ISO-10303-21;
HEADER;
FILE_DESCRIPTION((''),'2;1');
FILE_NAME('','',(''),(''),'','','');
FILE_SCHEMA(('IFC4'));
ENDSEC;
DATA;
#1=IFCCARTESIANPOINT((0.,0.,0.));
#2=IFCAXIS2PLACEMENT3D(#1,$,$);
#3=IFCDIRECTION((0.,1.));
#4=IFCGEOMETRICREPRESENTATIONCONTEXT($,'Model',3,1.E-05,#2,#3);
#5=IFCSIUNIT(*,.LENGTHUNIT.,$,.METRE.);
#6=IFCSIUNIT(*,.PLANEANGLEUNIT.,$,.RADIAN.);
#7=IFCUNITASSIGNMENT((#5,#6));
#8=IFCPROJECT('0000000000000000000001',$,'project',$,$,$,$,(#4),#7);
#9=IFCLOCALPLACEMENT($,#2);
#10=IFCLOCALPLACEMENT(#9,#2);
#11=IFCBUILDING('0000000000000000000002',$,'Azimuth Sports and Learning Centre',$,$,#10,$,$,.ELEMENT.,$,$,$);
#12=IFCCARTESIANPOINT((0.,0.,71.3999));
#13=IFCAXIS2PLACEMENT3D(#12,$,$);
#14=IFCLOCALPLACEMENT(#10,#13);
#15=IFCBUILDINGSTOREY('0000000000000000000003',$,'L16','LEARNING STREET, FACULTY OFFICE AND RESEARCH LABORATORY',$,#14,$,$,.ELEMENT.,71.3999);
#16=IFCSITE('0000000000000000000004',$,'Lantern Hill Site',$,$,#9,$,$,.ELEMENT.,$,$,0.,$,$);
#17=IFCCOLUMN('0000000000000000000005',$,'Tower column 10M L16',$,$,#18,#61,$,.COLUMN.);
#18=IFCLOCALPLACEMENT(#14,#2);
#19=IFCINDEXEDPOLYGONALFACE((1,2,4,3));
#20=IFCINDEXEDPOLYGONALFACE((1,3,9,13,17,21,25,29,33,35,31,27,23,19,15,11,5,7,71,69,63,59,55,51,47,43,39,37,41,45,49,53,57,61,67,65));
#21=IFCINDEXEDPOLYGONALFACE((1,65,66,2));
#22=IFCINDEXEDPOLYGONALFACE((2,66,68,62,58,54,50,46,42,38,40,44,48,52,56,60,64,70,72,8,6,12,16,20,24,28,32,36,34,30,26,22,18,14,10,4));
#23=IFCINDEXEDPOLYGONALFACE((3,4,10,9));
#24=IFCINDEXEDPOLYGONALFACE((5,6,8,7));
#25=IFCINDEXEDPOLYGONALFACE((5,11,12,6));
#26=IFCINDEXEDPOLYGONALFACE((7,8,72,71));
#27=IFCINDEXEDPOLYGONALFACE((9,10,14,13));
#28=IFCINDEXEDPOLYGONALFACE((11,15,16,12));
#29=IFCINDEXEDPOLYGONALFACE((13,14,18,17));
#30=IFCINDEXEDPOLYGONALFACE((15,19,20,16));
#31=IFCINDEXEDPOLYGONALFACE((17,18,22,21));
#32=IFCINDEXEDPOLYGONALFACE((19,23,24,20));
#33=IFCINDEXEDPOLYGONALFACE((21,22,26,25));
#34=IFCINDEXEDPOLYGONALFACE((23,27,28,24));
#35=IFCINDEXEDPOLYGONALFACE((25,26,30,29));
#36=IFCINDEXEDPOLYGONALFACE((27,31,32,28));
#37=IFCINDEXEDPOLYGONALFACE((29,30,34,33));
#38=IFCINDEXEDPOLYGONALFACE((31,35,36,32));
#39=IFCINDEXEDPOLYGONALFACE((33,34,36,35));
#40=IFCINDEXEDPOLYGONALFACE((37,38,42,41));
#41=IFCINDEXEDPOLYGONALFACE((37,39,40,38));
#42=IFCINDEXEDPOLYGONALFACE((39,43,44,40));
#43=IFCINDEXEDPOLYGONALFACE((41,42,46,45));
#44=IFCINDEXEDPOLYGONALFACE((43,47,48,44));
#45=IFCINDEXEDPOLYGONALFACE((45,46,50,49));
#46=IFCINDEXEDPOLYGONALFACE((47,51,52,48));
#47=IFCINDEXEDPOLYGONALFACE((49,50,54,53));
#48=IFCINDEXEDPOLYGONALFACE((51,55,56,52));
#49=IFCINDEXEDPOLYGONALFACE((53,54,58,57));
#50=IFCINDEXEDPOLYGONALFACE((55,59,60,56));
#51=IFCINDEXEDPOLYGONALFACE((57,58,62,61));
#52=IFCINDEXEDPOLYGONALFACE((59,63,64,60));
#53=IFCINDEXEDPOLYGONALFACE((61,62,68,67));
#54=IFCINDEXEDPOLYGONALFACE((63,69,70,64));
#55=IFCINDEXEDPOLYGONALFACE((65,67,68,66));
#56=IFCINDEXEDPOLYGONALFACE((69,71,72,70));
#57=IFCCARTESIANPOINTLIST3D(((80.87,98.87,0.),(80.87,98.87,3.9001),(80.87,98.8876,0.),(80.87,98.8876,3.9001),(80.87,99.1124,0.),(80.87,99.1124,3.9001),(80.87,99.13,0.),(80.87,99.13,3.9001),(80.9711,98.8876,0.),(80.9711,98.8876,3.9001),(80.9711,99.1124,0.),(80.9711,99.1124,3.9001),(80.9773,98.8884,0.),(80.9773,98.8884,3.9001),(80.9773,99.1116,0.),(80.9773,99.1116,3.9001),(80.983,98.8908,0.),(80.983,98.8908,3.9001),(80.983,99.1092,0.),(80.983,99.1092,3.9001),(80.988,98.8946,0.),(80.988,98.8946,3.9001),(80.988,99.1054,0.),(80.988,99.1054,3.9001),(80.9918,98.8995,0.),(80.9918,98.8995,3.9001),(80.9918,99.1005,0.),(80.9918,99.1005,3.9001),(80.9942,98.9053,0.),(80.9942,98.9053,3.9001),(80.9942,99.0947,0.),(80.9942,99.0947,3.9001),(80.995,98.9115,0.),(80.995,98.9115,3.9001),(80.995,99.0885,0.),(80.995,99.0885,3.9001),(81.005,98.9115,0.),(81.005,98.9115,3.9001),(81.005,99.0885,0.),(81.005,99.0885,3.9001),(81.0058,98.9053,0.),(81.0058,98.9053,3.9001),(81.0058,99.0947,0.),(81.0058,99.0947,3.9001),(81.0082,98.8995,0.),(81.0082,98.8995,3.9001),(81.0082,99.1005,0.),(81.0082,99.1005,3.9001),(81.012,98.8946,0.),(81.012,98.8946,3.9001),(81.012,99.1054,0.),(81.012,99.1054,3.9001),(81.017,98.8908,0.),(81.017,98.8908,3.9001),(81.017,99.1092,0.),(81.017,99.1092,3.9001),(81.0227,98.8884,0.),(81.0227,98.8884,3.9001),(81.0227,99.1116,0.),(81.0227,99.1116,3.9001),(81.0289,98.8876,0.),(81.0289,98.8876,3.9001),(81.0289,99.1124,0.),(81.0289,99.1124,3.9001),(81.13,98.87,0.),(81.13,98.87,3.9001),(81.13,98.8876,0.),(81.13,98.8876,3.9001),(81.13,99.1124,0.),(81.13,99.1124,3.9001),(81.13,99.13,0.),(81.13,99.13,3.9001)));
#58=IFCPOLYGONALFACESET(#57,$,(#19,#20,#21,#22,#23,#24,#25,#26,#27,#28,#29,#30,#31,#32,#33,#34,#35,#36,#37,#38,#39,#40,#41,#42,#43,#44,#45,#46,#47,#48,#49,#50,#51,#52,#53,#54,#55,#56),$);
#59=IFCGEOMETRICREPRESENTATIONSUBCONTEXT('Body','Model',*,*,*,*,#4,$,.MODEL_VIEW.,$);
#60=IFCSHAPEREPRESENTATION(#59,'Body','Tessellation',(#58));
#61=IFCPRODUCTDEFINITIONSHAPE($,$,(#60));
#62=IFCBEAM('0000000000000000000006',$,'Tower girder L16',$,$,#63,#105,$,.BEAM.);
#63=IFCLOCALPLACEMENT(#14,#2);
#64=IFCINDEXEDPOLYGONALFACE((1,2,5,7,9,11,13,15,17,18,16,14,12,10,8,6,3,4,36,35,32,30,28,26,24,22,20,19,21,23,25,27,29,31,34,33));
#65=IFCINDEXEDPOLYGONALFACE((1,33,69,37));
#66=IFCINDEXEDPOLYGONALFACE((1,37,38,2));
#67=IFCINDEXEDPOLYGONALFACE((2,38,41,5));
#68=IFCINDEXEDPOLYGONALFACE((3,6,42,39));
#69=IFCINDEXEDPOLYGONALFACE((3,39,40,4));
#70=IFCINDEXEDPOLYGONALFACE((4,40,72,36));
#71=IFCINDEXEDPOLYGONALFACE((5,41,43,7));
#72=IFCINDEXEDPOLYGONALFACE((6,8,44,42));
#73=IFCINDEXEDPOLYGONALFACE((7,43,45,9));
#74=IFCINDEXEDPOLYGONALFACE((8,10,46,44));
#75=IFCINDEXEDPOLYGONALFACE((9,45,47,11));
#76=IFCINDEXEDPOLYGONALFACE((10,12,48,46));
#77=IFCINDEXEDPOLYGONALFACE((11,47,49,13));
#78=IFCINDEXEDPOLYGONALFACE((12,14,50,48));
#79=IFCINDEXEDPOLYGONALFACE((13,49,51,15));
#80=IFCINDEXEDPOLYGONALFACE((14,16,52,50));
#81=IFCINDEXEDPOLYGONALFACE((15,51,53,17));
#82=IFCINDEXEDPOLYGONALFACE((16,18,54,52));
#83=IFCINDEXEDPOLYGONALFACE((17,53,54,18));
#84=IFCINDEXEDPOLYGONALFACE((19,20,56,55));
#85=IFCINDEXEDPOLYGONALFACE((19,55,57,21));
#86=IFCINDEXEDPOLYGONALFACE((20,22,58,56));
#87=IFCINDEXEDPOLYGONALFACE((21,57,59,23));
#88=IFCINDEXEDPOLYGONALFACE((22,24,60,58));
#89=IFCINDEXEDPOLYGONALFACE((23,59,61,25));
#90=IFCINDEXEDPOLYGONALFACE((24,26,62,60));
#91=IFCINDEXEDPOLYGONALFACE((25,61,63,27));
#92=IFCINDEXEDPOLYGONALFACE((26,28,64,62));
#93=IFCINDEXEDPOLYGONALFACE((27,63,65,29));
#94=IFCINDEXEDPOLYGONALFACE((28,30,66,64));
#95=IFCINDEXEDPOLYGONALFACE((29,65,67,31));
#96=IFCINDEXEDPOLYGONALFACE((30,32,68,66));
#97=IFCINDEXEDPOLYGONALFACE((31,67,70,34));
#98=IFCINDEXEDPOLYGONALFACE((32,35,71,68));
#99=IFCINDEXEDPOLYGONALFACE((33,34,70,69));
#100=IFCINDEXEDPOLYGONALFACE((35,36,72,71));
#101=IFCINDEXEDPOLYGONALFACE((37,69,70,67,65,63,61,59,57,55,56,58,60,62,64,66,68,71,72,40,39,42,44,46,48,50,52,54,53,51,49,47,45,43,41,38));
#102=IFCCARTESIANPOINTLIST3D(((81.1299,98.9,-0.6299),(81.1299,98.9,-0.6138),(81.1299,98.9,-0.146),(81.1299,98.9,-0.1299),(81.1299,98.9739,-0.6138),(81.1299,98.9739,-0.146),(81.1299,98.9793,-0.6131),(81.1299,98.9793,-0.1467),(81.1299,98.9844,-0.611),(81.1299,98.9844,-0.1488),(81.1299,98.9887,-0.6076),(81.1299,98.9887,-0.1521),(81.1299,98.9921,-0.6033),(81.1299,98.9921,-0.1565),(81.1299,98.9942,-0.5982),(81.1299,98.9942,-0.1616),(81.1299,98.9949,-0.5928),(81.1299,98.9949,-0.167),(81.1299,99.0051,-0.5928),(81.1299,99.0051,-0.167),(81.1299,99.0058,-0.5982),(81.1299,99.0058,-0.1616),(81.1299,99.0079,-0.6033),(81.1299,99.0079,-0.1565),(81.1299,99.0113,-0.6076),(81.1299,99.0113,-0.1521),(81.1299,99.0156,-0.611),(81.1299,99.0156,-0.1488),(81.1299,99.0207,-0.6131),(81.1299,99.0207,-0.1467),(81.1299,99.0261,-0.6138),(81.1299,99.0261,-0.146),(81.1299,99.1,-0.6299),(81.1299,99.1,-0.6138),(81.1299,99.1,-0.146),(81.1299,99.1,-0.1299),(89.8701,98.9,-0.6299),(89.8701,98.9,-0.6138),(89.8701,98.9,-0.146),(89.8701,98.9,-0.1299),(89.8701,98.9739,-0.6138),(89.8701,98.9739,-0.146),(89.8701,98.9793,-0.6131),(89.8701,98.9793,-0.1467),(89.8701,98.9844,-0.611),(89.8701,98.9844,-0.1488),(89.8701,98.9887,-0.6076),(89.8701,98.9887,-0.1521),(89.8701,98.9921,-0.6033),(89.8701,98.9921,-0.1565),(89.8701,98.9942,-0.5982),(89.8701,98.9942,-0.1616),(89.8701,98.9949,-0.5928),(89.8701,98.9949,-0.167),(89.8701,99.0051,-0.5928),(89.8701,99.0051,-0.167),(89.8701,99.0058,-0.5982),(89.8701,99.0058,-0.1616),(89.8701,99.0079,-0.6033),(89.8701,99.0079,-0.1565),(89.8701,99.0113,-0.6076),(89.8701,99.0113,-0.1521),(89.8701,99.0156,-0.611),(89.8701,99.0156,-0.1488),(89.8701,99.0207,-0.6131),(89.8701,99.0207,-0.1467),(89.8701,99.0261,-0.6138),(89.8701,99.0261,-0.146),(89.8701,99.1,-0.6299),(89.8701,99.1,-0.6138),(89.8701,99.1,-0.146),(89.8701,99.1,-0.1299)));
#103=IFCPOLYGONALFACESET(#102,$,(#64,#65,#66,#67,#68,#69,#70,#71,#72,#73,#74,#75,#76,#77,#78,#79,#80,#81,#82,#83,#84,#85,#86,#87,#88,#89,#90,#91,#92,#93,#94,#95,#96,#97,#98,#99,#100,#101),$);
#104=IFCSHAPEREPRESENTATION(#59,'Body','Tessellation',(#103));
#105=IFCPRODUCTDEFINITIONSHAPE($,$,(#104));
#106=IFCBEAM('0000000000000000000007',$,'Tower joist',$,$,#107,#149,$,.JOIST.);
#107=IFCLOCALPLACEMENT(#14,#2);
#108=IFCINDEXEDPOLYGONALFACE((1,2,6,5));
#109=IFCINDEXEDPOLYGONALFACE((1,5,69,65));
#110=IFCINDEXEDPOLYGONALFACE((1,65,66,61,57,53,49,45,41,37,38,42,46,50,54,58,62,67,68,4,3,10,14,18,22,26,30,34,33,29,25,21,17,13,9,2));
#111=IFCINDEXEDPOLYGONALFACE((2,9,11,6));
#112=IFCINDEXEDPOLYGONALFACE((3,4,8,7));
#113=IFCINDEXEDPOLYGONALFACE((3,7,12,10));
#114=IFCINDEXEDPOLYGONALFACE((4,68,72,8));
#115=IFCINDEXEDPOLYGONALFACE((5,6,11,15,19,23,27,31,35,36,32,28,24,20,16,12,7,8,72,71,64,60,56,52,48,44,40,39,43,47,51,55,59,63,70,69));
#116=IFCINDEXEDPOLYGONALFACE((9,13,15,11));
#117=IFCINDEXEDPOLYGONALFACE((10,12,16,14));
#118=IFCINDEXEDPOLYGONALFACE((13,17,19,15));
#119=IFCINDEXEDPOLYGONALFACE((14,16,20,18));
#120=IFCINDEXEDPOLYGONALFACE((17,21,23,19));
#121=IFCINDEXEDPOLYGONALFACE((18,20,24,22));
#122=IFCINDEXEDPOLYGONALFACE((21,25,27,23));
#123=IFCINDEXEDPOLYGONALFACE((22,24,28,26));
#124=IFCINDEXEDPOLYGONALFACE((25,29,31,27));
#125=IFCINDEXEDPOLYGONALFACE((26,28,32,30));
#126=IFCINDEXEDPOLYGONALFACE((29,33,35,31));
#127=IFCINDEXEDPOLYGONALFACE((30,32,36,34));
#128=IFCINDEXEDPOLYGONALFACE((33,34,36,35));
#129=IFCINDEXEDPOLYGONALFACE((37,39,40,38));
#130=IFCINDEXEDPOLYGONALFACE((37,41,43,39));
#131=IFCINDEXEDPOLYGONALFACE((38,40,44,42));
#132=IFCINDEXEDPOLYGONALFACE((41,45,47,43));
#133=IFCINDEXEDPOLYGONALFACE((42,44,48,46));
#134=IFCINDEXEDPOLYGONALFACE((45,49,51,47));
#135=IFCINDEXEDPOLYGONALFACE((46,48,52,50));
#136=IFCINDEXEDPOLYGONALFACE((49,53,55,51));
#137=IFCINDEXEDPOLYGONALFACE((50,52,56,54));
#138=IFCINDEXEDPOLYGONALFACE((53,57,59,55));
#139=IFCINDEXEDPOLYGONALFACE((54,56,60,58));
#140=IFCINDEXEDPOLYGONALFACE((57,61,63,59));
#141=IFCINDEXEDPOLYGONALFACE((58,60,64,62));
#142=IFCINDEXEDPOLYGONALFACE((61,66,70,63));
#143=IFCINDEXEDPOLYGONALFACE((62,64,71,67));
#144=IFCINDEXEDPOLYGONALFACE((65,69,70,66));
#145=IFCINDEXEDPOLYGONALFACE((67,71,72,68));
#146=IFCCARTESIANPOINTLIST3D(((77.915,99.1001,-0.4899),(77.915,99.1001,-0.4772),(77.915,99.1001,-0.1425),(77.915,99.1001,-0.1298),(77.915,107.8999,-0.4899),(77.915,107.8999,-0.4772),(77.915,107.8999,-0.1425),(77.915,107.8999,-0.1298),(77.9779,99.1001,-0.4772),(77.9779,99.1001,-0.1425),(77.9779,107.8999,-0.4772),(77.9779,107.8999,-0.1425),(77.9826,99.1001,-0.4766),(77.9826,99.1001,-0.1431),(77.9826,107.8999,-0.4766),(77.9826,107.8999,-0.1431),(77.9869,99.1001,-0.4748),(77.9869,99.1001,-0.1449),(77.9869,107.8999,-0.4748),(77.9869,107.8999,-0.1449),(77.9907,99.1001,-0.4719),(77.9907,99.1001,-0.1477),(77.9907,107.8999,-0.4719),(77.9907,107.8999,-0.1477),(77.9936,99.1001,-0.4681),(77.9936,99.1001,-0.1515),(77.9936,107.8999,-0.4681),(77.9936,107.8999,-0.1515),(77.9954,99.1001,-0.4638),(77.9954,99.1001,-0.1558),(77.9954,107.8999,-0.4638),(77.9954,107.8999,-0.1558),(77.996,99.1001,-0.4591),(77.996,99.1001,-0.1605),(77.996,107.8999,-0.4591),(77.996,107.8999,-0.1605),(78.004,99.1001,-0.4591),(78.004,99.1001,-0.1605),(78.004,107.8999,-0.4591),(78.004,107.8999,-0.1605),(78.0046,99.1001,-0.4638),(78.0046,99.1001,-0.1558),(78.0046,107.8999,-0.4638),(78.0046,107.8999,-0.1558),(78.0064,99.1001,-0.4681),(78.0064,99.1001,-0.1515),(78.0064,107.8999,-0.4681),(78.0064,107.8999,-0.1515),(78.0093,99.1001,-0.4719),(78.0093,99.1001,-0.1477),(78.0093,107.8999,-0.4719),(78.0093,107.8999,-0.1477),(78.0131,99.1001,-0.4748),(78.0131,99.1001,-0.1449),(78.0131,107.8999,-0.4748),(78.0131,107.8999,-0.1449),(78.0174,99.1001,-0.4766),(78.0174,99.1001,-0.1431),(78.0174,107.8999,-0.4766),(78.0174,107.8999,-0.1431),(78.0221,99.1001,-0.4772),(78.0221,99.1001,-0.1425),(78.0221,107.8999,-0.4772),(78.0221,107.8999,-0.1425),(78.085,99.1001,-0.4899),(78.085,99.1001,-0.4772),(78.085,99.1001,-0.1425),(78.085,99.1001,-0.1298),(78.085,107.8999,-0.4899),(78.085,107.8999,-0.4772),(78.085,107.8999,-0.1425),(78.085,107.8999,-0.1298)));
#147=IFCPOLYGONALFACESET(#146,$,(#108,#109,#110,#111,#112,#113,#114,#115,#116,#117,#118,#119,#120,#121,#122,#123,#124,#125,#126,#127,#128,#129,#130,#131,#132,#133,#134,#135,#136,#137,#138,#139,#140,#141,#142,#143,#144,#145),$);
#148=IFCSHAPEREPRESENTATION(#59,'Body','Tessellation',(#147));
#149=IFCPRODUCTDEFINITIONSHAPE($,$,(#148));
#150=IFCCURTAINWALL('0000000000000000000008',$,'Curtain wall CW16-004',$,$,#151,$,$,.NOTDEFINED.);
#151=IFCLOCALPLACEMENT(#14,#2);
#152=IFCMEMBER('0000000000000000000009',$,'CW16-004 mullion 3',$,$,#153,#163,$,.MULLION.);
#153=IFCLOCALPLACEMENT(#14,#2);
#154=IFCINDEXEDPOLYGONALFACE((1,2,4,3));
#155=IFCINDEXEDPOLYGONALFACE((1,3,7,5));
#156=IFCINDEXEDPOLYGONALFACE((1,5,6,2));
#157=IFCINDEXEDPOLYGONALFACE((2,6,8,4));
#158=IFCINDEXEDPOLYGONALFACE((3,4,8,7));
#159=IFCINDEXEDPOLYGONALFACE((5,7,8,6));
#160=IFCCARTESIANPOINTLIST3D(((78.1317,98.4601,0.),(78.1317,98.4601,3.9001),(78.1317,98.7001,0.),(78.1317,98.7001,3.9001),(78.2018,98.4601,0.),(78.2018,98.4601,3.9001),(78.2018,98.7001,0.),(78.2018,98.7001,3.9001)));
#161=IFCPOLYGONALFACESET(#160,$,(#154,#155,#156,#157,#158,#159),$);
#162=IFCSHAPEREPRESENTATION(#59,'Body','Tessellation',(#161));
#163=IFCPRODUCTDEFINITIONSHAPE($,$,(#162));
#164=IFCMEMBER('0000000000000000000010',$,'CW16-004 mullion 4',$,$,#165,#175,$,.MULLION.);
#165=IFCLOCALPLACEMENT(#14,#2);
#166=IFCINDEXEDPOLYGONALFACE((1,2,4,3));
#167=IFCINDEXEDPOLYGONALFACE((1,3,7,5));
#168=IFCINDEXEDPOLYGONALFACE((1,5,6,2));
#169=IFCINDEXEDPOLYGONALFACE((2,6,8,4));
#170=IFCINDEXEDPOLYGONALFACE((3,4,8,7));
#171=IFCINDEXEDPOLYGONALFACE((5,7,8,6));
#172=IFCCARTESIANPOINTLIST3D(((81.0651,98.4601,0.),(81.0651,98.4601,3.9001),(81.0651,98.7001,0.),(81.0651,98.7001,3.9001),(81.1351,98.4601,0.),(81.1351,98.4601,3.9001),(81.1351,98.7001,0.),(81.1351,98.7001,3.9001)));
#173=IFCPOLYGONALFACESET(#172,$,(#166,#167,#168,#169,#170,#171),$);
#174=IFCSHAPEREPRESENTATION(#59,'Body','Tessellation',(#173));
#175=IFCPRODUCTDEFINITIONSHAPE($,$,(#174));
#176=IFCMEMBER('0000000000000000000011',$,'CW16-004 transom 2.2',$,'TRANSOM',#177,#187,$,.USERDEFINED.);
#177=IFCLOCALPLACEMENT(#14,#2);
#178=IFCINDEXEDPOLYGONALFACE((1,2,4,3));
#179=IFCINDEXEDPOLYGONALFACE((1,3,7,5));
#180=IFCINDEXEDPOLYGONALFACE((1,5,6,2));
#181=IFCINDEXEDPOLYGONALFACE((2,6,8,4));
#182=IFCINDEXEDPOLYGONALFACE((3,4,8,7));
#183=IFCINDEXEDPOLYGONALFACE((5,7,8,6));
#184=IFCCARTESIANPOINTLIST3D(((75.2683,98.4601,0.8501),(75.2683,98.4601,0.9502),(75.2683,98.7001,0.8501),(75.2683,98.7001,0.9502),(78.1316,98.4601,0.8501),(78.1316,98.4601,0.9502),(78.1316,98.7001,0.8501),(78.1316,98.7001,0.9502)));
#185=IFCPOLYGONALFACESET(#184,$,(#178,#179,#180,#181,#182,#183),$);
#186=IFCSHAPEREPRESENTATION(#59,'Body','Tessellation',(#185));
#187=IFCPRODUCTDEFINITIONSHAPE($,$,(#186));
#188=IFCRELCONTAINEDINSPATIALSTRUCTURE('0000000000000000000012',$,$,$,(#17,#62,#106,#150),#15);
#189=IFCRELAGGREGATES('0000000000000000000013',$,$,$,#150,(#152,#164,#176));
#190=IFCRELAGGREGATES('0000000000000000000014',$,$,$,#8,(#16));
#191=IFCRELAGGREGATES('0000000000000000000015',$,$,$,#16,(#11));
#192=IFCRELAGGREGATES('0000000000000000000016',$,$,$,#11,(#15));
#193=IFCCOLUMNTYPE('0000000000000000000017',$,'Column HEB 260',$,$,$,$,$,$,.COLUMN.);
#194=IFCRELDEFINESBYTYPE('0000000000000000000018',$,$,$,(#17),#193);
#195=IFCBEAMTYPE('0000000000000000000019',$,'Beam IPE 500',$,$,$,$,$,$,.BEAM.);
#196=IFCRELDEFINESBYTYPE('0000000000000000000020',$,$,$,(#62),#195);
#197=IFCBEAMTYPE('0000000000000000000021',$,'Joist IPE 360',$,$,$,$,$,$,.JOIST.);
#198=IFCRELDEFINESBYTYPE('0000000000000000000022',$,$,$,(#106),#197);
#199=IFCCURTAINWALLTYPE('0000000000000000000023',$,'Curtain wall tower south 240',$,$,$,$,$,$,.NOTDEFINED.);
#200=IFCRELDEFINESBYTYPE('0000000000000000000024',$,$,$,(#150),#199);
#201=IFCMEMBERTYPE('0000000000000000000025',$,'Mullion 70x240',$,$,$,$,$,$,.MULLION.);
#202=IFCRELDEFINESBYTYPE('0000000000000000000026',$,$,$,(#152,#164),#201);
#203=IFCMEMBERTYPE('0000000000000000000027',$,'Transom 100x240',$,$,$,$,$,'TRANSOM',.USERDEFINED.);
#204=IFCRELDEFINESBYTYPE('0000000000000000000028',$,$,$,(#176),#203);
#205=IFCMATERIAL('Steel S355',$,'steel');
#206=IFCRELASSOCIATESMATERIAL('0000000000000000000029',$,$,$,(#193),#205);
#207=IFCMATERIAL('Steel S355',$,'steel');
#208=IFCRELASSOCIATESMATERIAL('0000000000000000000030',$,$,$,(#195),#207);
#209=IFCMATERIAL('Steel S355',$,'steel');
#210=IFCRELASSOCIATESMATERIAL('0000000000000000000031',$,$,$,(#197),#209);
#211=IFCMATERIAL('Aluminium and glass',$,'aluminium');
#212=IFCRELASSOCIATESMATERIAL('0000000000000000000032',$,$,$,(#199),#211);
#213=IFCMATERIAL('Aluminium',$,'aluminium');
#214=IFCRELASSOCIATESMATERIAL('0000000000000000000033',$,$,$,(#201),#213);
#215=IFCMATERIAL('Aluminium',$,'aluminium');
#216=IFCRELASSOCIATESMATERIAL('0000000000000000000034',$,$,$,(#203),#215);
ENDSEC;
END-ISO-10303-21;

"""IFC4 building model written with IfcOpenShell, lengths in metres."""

from ifc_helpers import new_model, si_unit, direction, frame, origin, origin_2d, place, context, subcontext, project, spatial, rectangle, i_section, extrude, material, material_profile, profile_set, type_object, element, aggregate, save


model = new_model("IFC4")

# Units and contexts
model_context = context("Model", 3, precision=1e-05, world=origin(), true_north=direction((0.0, 1.0)))
body_context = subcontext(model_context, "Body", "Model", "MODEL_VIEW")
ifc_project = project(units=[si_unit("LENGTHUNIT", "METRE"), si_unit("PLANEANGLEUNIT", "RADIAN")], contexts=[model_context])

# Site, building, storey
site_placement = place(None, origin())
site = spatial("IfcSite", under=ifc_project, at=site_placement, Name="Lantern Hill Site", CompositionType="ELEMENT", RefElevation=0.0)
building_placement = place(site_placement, origin())
building = spatial("IfcBuilding", under=site, at=building_placement, Name="Azimuth Sports and Learning Centre", CompositionType="ELEMENT")
storey_placement = place(building_placement, frame((0.0, 0.0, 71.3999)))
storey = spatial("IfcBuildingStorey", under=building, at=storey_placement, Name="L16", Description="LEARNING STREET, FACULTY OFFICE AND RESEARCH LABORATORY", CompositionType="ELEMENT", Elevation=71.3999)

# Column
ifc_material_1 = material(Name="Steel S355", Category="steel")
ifc_material_profile_1 = material_profile(ifc_material_1, i_section(OverallWidth=0.26, OverallDepth=0.26, WebThickness=0.01, FlangeThickness=0.0176, FilletRadius=0.0239, at=origin_2d()), Name="HEB 260")
ifc_profile_set_1 = profile_set([ifc_material_profile_1], Name="Steel S355")
column_type = type_object("IfcColumnType", Name="Column HEB 260", PredefinedType="COLUMN", material=ifc_profile_set_1)
column_placement = place(storey_placement, frame((81.0, 99.0, 0.0), z_axis=(0.0, 0.0, 1.0), x_axis=(1.0, 0.0, 0.0)))
element("IfcColumn", 1, at=column_placement, inside=storey, type_object=column_type, Name="Tower column 10M L16", PredefinedType="COLUMN", context=body_context, shape_type="SweptSolid", body=[
    extrude(i_section(OverallWidth=0.26, OverallDepth=0.26, WebThickness=0.01, FlangeThickness=0.0176, FilletRadius=0.0239, at=origin_2d()), origin(), (0.0, 0.0, 1.0), 3.9001),
])

# Beams
ifc_material_2 = material(Name="Steel S355", Category="steel")
ifc_material_profile_2 = material_profile(ifc_material_2, i_section(OverallWidth=0.2, OverallDepth=0.5, WebThickness=0.0103, FlangeThickness=0.0161, FilletRadius=0.021, at=origin_2d()), Name="IPE 500")
ifc_profile_set_2 = profile_set([ifc_material_profile_2], Name="Steel S355")
beam_type_1 = type_object("IfcBeamType", Name="Beam IPE 500", PredefinedType="BEAM", material=ifc_profile_set_2)
beam_1_placement = place(storey_placement, frame((81.1299, 99.0, -0.3799), z_axis=(1.0, 0.0, 0.0), x_axis=(0.0, 1.0, 0.0)))
element("IfcBeam", 2, at=beam_1_placement, inside=storey, type_object=beam_type_1, Name="Tower girder L16", PredefinedType="BEAM", context=body_context, shape_type="SweptSolid", body=[
    extrude(i_section(OverallWidth=0.2, OverallDepth=0.5, WebThickness=0.0103, FlangeThickness=0.0161, FilletRadius=0.021, at=origin_2d()), origin(), (0.0, 0.0, 1.0), 8.7402),
])
ifc_material_3 = material(Name="Steel S355", Category="steel")
ifc_material_profile_3 = material_profile(ifc_material_3, i_section(OverallWidth=0.1699, OverallDepth=0.3601, WebThickness=0.0081, FlangeThickness=0.0127, FilletRadius=0.0181, at=origin_2d()), Name="IPE 360")
ifc_profile_set_3 = profile_set([ifc_material_profile_3], Name="Steel S355")
beam_type_2 = type_object("IfcBeamType", Name="Joist IPE 360", PredefinedType="JOIST", material=ifc_profile_set_3)
beam_2_placement = place(storey_placement, frame((78.0, 99.1001, -0.3098), z_axis=(0.0, 1.0, 0.0), x_axis=(-1.0, 0.0, 0.0)))
element("IfcBeam", 3, at=beam_2_placement, inside=storey, type_object=beam_type_2, Name="Tower joist", PredefinedType="JOIST", context=body_context, shape_type="SweptSolid", body=[
    extrude(i_section(OverallWidth=0.1699, OverallDepth=0.3601, WebThickness=0.0081, FlangeThickness=0.0127, FilletRadius=0.0181, at=origin_2d()), origin(), (0.0, 0.0, 1.0), 8.7998),
])

# Curtain wall, members
ifc_material_4 = material(Name="Aluminium and glass", Category="aluminium")
curtain_wall_type = type_object("IfcCurtainWallType", Name="Curtain wall tower south 240", PredefinedType="NOTDEFINED", material=ifc_material_4)
curtain_wall_placement = place(storey_placement, origin())
curtain_wall = element("IfcCurtainWall", 4, at=curtain_wall_placement, inside=storey, type_object=curtain_wall_type, Name="Curtain wall CW16-004", PredefinedType="NOTDEFINED")
ifc_material_5 = material(Name="Aluminium", Category="aluminium")
ifc_material_profile_4 = material_profile(ifc_material_5, rectangle(XDim=0.24, YDim=0.0701, at=origin_2d()), Name="Mullion 70x240")
ifc_profile_set_4 = profile_set([ifc_material_profile_4], Name="Aluminium")
member_type_1 = type_object("IfcMemberType", Name="Mullion 70x240", PredefinedType="MULLION", material=ifc_profile_set_4)
member_1_placement = place(storey_placement, frame((78.1667, 98.5801, 0.0), z_axis=(0.0, 0.0, 1.0), x_axis=(0.0, 1.0, 0.0)))
member_1 = element("IfcMember", 5, at=member_1_placement, type_object=member_type_1, Name="CW16-004 mullion 3", PredefinedType="MULLION", context=body_context, shape_type="SweptSolid", body=[
    extrude(rectangle(XDim=0.24, YDim=0.0701, at=origin_2d()), origin(), (0.0, 0.0, 1.0), 3.9001),
])
member_2_placement = place(storey_placement, frame((81.1001, 98.5801, 0.0), z_axis=(0.0, 0.0, 1.0), x_axis=(0.0, 1.0, 0.0)))
member_2 = element("IfcMember", 6, at=member_2_placement, type_object=member_type_1, Name="CW16-004 mullion 4", PredefinedType="MULLION", context=body_context, shape_type="SweptSolid", body=[
    extrude(rectangle(XDim=0.24, YDim=0.0701, at=origin_2d()), origin(), (0.0, 0.0, 1.0), 3.9001),
])
ifc_material_6 = material(Name="Aluminium", Category="aluminium")
ifc_material_profile_5 = material_profile(ifc_material_6, rectangle(XDim=0.24, YDim=0.1001, at=origin_2d()), Name="Transom 100x240")
ifc_profile_set_5 = profile_set([ifc_material_profile_5], Name="Aluminium")
member_type_2 = type_object("IfcMemberType", Name="Transom 100x240", ElementType="TRANSOM", PredefinedType="USERDEFINED", material=ifc_profile_set_5)
member_3_placement = place(storey_placement, frame((75.2683, 98.5801, 0.9001), z_axis=(1.0, 0.0, 0.0), x_axis=(0.0, 1.0, 0.0)))
member_3 = element("IfcMember", 7, at=member_3_placement, type_object=member_type_2, Name="CW16-004 transom 2.2", ObjectType="TRANSOM", PredefinedType="USERDEFINED", context=body_context, shape_type="SweptSolid", body=[
    extrude(rectangle(XDim=0.24, YDim=0.1001, at=origin_2d()), origin(), (0.0, 0.0, 1.0), 2.8633),
])
aggregate(curtain_wall, [member_1, member_2, member_3])

save(model, "model.ifc")
